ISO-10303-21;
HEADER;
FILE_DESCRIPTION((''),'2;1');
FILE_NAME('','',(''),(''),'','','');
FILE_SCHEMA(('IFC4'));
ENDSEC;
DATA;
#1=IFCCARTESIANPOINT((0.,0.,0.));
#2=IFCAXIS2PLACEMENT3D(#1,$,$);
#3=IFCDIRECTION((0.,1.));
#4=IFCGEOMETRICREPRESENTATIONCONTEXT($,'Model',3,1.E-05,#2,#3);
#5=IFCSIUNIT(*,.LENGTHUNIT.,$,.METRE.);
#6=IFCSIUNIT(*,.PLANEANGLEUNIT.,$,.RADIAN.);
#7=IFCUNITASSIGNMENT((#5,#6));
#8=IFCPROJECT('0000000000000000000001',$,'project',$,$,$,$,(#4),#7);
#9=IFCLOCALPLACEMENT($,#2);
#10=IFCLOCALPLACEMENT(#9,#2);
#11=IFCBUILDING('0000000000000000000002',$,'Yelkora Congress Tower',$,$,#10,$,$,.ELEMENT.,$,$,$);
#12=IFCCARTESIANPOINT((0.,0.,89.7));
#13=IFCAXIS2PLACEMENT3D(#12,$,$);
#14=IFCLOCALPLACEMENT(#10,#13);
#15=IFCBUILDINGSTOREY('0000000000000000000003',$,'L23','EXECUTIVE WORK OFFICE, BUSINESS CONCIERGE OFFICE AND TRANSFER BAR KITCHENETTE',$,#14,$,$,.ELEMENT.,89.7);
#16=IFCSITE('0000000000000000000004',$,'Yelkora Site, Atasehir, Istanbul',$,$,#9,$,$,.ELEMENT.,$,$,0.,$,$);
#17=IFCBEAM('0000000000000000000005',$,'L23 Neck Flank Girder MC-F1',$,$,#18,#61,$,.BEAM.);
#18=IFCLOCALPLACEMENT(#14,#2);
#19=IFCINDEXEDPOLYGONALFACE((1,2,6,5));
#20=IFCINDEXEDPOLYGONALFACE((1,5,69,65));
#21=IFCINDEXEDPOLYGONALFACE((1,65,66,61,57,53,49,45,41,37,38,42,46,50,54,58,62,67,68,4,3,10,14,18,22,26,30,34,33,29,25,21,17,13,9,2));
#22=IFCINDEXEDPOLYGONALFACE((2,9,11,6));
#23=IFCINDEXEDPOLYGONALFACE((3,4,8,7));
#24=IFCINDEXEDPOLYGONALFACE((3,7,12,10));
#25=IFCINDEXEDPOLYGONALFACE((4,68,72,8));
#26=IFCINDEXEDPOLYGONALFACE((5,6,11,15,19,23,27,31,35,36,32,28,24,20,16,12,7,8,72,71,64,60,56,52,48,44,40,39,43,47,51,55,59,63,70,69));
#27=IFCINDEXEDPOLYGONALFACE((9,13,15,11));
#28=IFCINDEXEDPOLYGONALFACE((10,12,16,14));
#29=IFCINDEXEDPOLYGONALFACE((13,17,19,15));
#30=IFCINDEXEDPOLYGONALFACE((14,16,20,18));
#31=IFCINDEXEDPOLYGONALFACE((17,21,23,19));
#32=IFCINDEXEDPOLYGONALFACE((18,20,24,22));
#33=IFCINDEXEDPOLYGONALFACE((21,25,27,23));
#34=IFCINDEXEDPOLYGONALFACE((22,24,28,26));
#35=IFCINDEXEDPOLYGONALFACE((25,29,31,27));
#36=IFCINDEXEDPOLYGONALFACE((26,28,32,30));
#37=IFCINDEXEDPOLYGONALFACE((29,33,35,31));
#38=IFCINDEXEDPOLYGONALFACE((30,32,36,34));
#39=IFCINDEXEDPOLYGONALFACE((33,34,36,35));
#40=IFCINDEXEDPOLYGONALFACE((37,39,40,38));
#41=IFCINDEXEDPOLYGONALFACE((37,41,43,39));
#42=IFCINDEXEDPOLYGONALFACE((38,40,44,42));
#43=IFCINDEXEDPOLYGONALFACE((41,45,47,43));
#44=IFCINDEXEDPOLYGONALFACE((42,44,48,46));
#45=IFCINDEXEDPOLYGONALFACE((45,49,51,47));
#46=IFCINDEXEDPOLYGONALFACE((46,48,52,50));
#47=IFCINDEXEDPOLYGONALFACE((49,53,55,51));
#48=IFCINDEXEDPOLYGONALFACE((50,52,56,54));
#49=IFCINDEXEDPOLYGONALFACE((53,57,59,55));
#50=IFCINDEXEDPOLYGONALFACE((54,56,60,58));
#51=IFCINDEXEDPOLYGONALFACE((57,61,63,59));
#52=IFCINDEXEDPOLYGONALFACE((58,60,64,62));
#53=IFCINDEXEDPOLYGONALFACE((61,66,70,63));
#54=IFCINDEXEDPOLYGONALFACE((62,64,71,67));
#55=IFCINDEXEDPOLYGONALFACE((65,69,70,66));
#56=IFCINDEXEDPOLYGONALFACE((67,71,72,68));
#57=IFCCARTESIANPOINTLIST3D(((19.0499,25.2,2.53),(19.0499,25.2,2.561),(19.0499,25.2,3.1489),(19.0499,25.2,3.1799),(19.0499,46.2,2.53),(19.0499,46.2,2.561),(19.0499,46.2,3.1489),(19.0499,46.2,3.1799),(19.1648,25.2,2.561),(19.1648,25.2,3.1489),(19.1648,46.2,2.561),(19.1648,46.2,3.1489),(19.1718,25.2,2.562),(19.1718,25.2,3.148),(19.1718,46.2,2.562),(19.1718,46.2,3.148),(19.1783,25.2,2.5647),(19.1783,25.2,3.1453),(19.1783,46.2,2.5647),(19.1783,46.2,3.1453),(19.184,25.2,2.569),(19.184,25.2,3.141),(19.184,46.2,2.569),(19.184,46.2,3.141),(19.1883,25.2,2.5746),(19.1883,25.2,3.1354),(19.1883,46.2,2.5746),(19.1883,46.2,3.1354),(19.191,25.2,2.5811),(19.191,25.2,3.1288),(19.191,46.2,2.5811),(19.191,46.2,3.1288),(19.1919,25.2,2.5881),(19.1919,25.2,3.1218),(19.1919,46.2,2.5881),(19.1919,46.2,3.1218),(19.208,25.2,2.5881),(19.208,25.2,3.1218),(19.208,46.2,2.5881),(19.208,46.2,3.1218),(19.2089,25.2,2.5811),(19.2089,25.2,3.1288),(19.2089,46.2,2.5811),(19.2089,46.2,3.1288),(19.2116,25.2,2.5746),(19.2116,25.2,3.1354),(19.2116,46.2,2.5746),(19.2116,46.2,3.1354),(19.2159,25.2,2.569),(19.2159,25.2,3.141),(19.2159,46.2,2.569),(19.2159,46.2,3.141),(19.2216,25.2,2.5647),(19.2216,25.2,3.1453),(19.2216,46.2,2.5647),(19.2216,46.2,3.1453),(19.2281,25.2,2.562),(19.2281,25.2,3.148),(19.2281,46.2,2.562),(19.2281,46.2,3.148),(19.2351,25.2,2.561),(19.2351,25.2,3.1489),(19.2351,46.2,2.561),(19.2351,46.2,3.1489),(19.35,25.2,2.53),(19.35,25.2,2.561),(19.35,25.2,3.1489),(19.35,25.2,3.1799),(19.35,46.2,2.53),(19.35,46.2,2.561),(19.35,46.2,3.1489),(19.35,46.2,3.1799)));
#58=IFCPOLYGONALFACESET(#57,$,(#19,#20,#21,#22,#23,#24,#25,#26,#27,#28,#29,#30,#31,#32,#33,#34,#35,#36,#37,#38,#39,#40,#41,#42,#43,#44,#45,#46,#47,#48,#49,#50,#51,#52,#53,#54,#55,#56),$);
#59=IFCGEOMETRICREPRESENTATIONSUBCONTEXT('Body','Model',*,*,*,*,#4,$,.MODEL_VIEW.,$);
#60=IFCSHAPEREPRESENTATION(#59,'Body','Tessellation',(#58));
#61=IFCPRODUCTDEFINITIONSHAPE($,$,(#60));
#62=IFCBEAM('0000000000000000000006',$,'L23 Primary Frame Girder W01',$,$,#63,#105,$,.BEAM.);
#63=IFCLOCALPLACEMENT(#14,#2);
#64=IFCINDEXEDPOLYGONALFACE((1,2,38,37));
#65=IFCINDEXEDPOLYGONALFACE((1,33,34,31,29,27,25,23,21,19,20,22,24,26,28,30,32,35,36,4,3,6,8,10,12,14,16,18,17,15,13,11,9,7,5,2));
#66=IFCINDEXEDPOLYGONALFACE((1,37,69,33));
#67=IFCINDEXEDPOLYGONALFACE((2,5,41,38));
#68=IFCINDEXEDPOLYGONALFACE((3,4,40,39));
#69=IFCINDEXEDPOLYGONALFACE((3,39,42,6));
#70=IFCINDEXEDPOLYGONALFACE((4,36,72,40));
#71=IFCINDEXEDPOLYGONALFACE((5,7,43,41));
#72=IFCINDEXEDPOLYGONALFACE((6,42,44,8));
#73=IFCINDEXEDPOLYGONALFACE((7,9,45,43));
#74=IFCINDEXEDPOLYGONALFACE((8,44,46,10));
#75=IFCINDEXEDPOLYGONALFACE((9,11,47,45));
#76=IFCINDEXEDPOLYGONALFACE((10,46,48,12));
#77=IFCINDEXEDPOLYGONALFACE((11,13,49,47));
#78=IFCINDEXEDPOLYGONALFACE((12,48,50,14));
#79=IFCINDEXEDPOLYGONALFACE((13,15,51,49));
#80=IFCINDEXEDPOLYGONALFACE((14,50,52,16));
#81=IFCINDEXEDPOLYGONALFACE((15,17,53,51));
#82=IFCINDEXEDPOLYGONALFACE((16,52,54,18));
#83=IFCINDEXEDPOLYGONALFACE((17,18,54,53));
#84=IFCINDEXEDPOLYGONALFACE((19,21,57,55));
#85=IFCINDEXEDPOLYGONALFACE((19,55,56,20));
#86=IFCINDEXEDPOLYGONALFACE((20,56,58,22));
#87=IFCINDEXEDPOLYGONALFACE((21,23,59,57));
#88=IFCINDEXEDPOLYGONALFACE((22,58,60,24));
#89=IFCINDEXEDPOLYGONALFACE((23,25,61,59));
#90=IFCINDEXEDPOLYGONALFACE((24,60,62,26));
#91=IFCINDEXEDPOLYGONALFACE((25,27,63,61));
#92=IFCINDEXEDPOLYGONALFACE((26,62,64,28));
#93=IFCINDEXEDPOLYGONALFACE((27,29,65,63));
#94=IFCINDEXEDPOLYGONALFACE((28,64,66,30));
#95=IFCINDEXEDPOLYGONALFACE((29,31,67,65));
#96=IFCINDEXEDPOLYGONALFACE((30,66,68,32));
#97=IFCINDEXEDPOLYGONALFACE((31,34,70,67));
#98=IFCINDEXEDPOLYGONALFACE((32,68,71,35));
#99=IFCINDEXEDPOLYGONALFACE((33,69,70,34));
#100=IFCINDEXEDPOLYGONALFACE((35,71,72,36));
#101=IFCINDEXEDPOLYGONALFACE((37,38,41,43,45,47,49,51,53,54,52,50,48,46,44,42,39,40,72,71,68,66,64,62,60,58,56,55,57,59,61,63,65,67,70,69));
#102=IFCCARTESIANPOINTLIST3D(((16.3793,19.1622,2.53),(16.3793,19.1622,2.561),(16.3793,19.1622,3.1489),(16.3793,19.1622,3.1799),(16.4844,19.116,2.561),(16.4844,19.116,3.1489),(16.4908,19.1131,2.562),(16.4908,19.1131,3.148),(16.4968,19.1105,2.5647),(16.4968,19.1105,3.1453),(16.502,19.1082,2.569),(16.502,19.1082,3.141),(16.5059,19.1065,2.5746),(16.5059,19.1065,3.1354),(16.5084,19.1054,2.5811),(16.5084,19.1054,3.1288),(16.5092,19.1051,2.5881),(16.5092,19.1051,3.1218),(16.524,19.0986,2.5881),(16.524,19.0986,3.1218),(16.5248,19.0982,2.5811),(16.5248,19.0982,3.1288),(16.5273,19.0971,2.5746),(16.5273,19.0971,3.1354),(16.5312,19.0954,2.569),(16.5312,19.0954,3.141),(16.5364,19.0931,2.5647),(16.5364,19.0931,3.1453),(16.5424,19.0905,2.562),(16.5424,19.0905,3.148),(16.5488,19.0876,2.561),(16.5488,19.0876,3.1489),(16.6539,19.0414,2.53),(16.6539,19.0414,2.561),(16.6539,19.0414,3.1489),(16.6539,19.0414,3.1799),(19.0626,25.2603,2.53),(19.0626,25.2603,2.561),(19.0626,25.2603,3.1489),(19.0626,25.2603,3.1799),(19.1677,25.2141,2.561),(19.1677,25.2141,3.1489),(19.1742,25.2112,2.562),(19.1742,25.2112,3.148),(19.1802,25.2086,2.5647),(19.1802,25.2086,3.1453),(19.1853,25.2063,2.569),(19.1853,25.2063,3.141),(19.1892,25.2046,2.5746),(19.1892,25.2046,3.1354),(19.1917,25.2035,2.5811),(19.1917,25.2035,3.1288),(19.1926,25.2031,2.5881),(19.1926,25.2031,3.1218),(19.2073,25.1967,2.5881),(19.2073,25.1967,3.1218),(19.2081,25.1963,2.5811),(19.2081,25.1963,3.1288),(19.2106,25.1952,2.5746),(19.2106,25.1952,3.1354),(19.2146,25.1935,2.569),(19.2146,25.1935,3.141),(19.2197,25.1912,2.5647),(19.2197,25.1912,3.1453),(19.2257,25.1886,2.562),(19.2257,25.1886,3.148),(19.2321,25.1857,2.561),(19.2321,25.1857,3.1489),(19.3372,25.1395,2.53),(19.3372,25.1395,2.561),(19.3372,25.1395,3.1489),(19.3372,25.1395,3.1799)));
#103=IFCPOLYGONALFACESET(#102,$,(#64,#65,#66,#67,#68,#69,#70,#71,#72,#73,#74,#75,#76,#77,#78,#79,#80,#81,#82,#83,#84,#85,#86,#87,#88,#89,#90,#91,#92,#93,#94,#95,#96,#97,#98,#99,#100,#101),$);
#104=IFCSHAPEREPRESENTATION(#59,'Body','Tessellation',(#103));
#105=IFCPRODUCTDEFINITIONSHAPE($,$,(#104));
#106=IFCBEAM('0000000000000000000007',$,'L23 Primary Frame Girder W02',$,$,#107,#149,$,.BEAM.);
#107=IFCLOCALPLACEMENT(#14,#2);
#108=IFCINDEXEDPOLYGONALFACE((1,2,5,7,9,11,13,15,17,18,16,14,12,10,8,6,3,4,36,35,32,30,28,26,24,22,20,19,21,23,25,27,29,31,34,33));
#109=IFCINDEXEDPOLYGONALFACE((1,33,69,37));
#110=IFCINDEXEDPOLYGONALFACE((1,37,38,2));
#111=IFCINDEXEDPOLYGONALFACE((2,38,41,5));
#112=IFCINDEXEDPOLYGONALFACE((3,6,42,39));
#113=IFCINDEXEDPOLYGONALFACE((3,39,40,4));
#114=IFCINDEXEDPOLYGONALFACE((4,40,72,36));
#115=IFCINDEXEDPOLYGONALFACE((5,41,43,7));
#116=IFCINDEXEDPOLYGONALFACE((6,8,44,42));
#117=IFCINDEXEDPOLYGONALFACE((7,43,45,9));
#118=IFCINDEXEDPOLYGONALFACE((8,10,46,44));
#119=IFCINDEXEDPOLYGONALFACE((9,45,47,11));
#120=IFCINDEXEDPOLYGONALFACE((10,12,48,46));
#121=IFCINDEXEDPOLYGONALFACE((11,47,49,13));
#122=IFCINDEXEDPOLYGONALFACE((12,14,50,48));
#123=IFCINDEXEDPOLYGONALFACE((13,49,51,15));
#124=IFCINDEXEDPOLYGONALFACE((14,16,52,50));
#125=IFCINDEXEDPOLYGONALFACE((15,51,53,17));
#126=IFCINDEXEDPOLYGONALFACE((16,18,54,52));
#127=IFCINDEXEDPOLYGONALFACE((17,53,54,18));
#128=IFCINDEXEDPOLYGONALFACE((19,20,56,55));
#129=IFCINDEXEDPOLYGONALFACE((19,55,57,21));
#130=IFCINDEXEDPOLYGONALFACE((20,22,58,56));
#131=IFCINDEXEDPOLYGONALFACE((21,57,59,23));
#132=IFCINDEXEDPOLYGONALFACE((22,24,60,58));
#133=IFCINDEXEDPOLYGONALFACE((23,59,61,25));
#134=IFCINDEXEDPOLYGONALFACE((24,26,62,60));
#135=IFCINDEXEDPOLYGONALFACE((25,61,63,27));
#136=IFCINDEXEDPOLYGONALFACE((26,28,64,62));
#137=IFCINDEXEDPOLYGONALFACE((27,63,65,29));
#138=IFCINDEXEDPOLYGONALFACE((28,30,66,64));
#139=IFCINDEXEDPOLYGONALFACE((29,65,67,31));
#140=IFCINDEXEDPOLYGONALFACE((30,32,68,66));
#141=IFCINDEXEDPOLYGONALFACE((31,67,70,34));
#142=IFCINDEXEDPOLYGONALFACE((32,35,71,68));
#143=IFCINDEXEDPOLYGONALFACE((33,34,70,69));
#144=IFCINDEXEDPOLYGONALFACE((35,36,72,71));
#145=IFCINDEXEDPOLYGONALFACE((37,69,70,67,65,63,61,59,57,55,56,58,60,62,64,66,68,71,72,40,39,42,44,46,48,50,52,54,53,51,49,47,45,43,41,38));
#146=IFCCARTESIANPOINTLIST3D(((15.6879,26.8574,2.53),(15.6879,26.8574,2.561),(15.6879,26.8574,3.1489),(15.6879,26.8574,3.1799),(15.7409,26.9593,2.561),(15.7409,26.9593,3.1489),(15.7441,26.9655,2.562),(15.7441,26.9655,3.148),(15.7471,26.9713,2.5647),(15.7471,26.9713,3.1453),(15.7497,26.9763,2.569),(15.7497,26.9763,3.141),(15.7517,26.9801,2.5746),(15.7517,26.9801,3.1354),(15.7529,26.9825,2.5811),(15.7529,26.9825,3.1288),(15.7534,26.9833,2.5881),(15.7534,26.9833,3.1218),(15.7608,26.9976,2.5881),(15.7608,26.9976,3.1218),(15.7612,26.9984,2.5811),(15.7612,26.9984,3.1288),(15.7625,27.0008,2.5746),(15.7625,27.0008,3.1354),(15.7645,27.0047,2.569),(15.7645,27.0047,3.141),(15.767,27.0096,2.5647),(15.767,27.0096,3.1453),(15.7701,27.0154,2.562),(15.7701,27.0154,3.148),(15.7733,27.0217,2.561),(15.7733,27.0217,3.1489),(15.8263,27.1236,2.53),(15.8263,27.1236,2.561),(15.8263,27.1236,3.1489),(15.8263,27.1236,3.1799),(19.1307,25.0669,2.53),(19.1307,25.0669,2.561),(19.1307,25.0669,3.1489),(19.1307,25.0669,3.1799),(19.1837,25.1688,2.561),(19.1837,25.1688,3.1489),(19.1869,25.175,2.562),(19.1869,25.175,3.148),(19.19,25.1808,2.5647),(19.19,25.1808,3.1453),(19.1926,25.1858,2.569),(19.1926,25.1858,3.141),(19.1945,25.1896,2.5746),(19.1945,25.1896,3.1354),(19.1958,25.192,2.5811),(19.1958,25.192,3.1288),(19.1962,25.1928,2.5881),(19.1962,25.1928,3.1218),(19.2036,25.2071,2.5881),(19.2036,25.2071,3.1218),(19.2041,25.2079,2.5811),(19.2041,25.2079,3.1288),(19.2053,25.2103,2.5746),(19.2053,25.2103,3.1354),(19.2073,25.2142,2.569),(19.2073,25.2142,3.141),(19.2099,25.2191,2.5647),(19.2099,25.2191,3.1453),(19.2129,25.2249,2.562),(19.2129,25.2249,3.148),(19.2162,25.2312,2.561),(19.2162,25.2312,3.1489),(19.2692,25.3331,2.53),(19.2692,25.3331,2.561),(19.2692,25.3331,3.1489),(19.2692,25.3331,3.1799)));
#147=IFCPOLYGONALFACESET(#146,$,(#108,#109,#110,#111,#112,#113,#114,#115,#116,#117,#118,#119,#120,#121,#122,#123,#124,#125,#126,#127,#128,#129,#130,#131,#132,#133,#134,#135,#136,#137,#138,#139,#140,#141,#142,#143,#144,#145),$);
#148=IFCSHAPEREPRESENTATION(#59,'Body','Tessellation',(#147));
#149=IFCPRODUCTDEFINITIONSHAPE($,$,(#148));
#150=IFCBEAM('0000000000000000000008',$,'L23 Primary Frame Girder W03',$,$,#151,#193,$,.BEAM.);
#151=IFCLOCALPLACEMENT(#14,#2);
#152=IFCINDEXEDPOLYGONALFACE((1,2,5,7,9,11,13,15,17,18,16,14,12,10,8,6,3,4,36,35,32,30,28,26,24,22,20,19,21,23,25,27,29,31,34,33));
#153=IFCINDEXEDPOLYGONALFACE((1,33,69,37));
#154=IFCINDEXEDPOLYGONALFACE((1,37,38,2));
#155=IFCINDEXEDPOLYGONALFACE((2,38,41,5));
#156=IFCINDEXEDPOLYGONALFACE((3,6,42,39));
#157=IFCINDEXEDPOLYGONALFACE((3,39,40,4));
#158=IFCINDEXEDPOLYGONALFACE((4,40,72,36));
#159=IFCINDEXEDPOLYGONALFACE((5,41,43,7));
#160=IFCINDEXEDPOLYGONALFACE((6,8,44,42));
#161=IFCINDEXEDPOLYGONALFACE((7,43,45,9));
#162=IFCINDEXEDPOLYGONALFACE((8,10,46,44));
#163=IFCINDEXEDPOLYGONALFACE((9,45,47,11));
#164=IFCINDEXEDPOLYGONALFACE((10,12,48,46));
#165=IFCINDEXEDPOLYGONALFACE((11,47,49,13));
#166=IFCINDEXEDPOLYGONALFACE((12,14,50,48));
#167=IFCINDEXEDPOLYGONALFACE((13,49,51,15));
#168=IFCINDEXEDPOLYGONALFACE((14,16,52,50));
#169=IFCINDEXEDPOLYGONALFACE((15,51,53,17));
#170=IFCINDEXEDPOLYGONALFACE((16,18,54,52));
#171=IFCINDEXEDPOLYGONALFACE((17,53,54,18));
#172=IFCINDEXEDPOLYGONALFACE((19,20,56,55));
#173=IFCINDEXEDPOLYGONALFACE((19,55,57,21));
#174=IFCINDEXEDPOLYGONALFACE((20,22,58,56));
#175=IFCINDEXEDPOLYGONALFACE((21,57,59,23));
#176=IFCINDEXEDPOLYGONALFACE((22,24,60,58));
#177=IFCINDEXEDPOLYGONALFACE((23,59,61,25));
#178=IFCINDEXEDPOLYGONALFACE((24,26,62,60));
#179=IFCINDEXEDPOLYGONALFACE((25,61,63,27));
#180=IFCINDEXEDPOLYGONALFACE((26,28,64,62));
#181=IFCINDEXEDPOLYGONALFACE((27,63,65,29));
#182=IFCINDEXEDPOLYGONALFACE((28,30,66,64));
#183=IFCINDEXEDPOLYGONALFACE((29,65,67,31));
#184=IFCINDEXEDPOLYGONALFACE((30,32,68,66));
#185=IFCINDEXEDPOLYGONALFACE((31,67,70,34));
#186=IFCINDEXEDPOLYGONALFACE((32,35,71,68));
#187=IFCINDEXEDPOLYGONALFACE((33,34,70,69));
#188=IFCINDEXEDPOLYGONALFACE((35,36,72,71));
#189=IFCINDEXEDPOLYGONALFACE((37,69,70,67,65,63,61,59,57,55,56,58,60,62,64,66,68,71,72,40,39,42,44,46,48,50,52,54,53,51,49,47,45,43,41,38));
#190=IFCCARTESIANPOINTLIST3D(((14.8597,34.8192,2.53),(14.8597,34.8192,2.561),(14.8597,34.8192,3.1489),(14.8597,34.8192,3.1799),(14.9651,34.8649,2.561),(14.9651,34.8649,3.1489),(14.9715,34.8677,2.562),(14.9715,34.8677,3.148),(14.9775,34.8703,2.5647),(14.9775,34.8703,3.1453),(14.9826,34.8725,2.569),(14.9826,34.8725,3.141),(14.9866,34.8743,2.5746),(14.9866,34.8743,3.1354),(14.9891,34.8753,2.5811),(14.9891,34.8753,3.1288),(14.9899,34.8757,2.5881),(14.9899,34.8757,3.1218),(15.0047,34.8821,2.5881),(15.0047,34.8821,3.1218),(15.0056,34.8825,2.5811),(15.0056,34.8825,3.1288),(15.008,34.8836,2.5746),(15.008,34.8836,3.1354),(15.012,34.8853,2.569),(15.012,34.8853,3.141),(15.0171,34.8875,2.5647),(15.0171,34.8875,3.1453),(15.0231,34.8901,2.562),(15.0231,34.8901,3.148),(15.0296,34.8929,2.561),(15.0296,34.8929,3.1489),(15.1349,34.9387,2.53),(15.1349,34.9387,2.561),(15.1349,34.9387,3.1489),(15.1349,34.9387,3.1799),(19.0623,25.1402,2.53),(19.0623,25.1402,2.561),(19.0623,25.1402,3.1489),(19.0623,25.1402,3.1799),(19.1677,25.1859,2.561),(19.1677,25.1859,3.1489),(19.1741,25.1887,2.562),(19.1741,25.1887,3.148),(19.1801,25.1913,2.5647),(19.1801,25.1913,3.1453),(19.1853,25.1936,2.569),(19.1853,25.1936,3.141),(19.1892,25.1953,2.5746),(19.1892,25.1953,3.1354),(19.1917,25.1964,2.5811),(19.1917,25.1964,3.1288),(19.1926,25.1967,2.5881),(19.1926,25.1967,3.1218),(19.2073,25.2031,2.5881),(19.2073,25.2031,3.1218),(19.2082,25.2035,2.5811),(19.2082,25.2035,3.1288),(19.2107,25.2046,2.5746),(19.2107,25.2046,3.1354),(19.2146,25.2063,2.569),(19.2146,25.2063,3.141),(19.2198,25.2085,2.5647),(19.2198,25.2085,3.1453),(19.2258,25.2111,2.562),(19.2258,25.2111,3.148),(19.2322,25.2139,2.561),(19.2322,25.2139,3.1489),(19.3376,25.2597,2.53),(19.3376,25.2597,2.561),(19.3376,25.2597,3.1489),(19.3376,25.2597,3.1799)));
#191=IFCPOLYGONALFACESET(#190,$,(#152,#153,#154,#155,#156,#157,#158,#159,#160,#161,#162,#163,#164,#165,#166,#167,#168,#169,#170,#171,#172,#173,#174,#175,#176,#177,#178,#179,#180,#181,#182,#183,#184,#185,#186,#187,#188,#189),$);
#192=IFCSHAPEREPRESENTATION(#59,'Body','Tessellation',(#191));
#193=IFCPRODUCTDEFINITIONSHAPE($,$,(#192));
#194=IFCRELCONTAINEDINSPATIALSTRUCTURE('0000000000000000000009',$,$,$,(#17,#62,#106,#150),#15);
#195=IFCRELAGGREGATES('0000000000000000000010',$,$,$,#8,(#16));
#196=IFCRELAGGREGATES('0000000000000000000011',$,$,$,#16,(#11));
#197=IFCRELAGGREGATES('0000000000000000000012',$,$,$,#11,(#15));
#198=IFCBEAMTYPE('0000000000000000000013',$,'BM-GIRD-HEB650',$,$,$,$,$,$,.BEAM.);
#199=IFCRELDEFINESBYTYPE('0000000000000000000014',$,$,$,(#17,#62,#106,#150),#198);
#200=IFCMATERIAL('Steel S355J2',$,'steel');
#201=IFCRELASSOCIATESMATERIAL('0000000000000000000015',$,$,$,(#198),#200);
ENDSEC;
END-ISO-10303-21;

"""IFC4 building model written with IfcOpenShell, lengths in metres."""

from ifc_helpers import new_model, si_unit, direction, frame, origin, origin_2d, place, context, subcontext, project, spatial, i_section, extrude, material, material_profile, profile_set, type_object, element, save


model = new_model("IFC4")

# Units and contexts
model_context = context("Model", 3, precision=1e-05, world=origin(), true_north=direction((0.0, 1.0)))
body_context = subcontext(model_context, "Body", "Model", "MODEL_VIEW")
ifc_project = project(units=[si_unit("LENGTHUNIT", "METRE"), si_unit("PLANEANGLEUNIT", "RADIAN")], contexts=[model_context])

# Site, building, storey
site_placement = place(None, origin())
site = spatial("IfcSite", under=ifc_project, at=site_placement, Name="Yelkora Site, Atasehir, Istanbul", CompositionType="ELEMENT", RefElevation=0.0)
building_placement = place(site_placement, origin())
building = spatial("IfcBuilding", under=site, at=building_placement, Name="Yelkora Congress Tower", CompositionType="ELEMENT")
storey_placement = place(building_placement, frame((0.0, 0.0, 89.7)))
storey = spatial("IfcBuildingStorey", under=building, at=storey_placement, Name="L23", Description="EXECUTIVE WORK OFFICE, BUSINESS CONCIERGE OFFICE AND TRANSFER BAR KITCHENETTE", CompositionType="ELEMENT", Elevation=89.7)

# Beams
ifc_material_1 = material(Name="Steel S355J2", Category="steel")
ifc_material_profile_1 = material_profile(ifc_material_1, i_section(OverallWidth=0.3, OverallDepth=0.6499, WebThickness=0.0161, FlangeThickness=0.031, FilletRadius=0.0271, at=origin_2d()), Name="HEB 650")
ifc_profile_set_1 = profile_set([ifc_material_profile_1], Name="Steel S355J2")
beam_type_1 = type_object("IfcBeamType", Name="BM-GIRD-HEB650", PredefinedType="BEAM", material=ifc_profile_set_1)
beam_1_placement = place(storey_placement, frame((19.2, 25.2, 2.855), z_axis=(0.0, 1.0, 0.0), x_axis=(-1.0, 0.0, 0.0)))
element("IfcBeam", 1, at=beam_1_placement, inside=storey, type_object=beam_type_1, Name="L23 Neck Flank Girder MC-F1", PredefinedType="BEAM", context=body_context, shape_type="SweptSolid", body=[
    extrude(i_section(OverallWidth=0.3, OverallDepth=0.6499, WebThickness=0.0161, FlangeThickness=0.031, FilletRadius=0.0271, at=origin_2d()), origin(), (0.0, 0.0, 1.0), 21.0),
])
beam_2_placement = place(storey_placement, frame((16.5166, 19.1018, 2.855), z_axis=(0.402759, 0.915306, 0.0), x_axis=(-0.915306, 0.402759, 0.0)))
element("IfcBeam", 2, at=beam_2_placement, inside=storey, type_object=beam_type_1, Name="L23 Primary Frame Girder W01", PredefinedType="BEAM", context=body_context, shape_type="SweptSolid", body=[
    extrude(i_section(OverallWidth=0.3, OverallDepth=0.6499, WebThickness=0.0161, FlangeThickness=0.031, FilletRadius=0.0271, at=origin_2d()), origin(), (0.0, 0.0, 1.0), 6.6624),
])
beam_3_placement = place(storey_placement, frame((15.7571, 26.9905, 2.855), z_axis=(0.887192, -0.4614, 0.0), x_axis=(0.4614, 0.887192, 0.0)))
element("IfcBeam", 3, at=beam_3_placement, inside=storey, type_object=beam_type_1, Name="L23 Primary Frame Girder W02", PredefinedType="BEAM", context=body_context, shape_type="SweptSolid", body=[
    extrude(i_section(OverallWidth=0.3, OverallDepth=0.6499, WebThickness=0.0161, FlangeThickness=0.031, FilletRadius=0.0271, at=origin_2d()), origin(), (0.0, 0.0, 1.0), 3.8806),
])
beam_4_placement = place(storey_placement, frame((14.9973, 34.8789, 2.855), z_axis=(0.398279, -0.917264, 0.0), x_axis=(0.917264, 0.398279, 0.0)))
element("IfcBeam", 4, at=beam_4_placement, inside=storey, type_object=beam_type_1, Name="L23 Primary Frame Girder W03", PredefinedType="BEAM", context=body_context, shape_type="SweptSolid", body=[
    extrude(i_section(OverallWidth=0.3, OverallDepth=0.6499, WebThickness=0.0161, FlangeThickness=0.031, FilletRadius=0.0271, at=origin_2d()), origin(), (0.0, 0.0, 1.0), 10.552),
])

save(model, "model.ifc")
